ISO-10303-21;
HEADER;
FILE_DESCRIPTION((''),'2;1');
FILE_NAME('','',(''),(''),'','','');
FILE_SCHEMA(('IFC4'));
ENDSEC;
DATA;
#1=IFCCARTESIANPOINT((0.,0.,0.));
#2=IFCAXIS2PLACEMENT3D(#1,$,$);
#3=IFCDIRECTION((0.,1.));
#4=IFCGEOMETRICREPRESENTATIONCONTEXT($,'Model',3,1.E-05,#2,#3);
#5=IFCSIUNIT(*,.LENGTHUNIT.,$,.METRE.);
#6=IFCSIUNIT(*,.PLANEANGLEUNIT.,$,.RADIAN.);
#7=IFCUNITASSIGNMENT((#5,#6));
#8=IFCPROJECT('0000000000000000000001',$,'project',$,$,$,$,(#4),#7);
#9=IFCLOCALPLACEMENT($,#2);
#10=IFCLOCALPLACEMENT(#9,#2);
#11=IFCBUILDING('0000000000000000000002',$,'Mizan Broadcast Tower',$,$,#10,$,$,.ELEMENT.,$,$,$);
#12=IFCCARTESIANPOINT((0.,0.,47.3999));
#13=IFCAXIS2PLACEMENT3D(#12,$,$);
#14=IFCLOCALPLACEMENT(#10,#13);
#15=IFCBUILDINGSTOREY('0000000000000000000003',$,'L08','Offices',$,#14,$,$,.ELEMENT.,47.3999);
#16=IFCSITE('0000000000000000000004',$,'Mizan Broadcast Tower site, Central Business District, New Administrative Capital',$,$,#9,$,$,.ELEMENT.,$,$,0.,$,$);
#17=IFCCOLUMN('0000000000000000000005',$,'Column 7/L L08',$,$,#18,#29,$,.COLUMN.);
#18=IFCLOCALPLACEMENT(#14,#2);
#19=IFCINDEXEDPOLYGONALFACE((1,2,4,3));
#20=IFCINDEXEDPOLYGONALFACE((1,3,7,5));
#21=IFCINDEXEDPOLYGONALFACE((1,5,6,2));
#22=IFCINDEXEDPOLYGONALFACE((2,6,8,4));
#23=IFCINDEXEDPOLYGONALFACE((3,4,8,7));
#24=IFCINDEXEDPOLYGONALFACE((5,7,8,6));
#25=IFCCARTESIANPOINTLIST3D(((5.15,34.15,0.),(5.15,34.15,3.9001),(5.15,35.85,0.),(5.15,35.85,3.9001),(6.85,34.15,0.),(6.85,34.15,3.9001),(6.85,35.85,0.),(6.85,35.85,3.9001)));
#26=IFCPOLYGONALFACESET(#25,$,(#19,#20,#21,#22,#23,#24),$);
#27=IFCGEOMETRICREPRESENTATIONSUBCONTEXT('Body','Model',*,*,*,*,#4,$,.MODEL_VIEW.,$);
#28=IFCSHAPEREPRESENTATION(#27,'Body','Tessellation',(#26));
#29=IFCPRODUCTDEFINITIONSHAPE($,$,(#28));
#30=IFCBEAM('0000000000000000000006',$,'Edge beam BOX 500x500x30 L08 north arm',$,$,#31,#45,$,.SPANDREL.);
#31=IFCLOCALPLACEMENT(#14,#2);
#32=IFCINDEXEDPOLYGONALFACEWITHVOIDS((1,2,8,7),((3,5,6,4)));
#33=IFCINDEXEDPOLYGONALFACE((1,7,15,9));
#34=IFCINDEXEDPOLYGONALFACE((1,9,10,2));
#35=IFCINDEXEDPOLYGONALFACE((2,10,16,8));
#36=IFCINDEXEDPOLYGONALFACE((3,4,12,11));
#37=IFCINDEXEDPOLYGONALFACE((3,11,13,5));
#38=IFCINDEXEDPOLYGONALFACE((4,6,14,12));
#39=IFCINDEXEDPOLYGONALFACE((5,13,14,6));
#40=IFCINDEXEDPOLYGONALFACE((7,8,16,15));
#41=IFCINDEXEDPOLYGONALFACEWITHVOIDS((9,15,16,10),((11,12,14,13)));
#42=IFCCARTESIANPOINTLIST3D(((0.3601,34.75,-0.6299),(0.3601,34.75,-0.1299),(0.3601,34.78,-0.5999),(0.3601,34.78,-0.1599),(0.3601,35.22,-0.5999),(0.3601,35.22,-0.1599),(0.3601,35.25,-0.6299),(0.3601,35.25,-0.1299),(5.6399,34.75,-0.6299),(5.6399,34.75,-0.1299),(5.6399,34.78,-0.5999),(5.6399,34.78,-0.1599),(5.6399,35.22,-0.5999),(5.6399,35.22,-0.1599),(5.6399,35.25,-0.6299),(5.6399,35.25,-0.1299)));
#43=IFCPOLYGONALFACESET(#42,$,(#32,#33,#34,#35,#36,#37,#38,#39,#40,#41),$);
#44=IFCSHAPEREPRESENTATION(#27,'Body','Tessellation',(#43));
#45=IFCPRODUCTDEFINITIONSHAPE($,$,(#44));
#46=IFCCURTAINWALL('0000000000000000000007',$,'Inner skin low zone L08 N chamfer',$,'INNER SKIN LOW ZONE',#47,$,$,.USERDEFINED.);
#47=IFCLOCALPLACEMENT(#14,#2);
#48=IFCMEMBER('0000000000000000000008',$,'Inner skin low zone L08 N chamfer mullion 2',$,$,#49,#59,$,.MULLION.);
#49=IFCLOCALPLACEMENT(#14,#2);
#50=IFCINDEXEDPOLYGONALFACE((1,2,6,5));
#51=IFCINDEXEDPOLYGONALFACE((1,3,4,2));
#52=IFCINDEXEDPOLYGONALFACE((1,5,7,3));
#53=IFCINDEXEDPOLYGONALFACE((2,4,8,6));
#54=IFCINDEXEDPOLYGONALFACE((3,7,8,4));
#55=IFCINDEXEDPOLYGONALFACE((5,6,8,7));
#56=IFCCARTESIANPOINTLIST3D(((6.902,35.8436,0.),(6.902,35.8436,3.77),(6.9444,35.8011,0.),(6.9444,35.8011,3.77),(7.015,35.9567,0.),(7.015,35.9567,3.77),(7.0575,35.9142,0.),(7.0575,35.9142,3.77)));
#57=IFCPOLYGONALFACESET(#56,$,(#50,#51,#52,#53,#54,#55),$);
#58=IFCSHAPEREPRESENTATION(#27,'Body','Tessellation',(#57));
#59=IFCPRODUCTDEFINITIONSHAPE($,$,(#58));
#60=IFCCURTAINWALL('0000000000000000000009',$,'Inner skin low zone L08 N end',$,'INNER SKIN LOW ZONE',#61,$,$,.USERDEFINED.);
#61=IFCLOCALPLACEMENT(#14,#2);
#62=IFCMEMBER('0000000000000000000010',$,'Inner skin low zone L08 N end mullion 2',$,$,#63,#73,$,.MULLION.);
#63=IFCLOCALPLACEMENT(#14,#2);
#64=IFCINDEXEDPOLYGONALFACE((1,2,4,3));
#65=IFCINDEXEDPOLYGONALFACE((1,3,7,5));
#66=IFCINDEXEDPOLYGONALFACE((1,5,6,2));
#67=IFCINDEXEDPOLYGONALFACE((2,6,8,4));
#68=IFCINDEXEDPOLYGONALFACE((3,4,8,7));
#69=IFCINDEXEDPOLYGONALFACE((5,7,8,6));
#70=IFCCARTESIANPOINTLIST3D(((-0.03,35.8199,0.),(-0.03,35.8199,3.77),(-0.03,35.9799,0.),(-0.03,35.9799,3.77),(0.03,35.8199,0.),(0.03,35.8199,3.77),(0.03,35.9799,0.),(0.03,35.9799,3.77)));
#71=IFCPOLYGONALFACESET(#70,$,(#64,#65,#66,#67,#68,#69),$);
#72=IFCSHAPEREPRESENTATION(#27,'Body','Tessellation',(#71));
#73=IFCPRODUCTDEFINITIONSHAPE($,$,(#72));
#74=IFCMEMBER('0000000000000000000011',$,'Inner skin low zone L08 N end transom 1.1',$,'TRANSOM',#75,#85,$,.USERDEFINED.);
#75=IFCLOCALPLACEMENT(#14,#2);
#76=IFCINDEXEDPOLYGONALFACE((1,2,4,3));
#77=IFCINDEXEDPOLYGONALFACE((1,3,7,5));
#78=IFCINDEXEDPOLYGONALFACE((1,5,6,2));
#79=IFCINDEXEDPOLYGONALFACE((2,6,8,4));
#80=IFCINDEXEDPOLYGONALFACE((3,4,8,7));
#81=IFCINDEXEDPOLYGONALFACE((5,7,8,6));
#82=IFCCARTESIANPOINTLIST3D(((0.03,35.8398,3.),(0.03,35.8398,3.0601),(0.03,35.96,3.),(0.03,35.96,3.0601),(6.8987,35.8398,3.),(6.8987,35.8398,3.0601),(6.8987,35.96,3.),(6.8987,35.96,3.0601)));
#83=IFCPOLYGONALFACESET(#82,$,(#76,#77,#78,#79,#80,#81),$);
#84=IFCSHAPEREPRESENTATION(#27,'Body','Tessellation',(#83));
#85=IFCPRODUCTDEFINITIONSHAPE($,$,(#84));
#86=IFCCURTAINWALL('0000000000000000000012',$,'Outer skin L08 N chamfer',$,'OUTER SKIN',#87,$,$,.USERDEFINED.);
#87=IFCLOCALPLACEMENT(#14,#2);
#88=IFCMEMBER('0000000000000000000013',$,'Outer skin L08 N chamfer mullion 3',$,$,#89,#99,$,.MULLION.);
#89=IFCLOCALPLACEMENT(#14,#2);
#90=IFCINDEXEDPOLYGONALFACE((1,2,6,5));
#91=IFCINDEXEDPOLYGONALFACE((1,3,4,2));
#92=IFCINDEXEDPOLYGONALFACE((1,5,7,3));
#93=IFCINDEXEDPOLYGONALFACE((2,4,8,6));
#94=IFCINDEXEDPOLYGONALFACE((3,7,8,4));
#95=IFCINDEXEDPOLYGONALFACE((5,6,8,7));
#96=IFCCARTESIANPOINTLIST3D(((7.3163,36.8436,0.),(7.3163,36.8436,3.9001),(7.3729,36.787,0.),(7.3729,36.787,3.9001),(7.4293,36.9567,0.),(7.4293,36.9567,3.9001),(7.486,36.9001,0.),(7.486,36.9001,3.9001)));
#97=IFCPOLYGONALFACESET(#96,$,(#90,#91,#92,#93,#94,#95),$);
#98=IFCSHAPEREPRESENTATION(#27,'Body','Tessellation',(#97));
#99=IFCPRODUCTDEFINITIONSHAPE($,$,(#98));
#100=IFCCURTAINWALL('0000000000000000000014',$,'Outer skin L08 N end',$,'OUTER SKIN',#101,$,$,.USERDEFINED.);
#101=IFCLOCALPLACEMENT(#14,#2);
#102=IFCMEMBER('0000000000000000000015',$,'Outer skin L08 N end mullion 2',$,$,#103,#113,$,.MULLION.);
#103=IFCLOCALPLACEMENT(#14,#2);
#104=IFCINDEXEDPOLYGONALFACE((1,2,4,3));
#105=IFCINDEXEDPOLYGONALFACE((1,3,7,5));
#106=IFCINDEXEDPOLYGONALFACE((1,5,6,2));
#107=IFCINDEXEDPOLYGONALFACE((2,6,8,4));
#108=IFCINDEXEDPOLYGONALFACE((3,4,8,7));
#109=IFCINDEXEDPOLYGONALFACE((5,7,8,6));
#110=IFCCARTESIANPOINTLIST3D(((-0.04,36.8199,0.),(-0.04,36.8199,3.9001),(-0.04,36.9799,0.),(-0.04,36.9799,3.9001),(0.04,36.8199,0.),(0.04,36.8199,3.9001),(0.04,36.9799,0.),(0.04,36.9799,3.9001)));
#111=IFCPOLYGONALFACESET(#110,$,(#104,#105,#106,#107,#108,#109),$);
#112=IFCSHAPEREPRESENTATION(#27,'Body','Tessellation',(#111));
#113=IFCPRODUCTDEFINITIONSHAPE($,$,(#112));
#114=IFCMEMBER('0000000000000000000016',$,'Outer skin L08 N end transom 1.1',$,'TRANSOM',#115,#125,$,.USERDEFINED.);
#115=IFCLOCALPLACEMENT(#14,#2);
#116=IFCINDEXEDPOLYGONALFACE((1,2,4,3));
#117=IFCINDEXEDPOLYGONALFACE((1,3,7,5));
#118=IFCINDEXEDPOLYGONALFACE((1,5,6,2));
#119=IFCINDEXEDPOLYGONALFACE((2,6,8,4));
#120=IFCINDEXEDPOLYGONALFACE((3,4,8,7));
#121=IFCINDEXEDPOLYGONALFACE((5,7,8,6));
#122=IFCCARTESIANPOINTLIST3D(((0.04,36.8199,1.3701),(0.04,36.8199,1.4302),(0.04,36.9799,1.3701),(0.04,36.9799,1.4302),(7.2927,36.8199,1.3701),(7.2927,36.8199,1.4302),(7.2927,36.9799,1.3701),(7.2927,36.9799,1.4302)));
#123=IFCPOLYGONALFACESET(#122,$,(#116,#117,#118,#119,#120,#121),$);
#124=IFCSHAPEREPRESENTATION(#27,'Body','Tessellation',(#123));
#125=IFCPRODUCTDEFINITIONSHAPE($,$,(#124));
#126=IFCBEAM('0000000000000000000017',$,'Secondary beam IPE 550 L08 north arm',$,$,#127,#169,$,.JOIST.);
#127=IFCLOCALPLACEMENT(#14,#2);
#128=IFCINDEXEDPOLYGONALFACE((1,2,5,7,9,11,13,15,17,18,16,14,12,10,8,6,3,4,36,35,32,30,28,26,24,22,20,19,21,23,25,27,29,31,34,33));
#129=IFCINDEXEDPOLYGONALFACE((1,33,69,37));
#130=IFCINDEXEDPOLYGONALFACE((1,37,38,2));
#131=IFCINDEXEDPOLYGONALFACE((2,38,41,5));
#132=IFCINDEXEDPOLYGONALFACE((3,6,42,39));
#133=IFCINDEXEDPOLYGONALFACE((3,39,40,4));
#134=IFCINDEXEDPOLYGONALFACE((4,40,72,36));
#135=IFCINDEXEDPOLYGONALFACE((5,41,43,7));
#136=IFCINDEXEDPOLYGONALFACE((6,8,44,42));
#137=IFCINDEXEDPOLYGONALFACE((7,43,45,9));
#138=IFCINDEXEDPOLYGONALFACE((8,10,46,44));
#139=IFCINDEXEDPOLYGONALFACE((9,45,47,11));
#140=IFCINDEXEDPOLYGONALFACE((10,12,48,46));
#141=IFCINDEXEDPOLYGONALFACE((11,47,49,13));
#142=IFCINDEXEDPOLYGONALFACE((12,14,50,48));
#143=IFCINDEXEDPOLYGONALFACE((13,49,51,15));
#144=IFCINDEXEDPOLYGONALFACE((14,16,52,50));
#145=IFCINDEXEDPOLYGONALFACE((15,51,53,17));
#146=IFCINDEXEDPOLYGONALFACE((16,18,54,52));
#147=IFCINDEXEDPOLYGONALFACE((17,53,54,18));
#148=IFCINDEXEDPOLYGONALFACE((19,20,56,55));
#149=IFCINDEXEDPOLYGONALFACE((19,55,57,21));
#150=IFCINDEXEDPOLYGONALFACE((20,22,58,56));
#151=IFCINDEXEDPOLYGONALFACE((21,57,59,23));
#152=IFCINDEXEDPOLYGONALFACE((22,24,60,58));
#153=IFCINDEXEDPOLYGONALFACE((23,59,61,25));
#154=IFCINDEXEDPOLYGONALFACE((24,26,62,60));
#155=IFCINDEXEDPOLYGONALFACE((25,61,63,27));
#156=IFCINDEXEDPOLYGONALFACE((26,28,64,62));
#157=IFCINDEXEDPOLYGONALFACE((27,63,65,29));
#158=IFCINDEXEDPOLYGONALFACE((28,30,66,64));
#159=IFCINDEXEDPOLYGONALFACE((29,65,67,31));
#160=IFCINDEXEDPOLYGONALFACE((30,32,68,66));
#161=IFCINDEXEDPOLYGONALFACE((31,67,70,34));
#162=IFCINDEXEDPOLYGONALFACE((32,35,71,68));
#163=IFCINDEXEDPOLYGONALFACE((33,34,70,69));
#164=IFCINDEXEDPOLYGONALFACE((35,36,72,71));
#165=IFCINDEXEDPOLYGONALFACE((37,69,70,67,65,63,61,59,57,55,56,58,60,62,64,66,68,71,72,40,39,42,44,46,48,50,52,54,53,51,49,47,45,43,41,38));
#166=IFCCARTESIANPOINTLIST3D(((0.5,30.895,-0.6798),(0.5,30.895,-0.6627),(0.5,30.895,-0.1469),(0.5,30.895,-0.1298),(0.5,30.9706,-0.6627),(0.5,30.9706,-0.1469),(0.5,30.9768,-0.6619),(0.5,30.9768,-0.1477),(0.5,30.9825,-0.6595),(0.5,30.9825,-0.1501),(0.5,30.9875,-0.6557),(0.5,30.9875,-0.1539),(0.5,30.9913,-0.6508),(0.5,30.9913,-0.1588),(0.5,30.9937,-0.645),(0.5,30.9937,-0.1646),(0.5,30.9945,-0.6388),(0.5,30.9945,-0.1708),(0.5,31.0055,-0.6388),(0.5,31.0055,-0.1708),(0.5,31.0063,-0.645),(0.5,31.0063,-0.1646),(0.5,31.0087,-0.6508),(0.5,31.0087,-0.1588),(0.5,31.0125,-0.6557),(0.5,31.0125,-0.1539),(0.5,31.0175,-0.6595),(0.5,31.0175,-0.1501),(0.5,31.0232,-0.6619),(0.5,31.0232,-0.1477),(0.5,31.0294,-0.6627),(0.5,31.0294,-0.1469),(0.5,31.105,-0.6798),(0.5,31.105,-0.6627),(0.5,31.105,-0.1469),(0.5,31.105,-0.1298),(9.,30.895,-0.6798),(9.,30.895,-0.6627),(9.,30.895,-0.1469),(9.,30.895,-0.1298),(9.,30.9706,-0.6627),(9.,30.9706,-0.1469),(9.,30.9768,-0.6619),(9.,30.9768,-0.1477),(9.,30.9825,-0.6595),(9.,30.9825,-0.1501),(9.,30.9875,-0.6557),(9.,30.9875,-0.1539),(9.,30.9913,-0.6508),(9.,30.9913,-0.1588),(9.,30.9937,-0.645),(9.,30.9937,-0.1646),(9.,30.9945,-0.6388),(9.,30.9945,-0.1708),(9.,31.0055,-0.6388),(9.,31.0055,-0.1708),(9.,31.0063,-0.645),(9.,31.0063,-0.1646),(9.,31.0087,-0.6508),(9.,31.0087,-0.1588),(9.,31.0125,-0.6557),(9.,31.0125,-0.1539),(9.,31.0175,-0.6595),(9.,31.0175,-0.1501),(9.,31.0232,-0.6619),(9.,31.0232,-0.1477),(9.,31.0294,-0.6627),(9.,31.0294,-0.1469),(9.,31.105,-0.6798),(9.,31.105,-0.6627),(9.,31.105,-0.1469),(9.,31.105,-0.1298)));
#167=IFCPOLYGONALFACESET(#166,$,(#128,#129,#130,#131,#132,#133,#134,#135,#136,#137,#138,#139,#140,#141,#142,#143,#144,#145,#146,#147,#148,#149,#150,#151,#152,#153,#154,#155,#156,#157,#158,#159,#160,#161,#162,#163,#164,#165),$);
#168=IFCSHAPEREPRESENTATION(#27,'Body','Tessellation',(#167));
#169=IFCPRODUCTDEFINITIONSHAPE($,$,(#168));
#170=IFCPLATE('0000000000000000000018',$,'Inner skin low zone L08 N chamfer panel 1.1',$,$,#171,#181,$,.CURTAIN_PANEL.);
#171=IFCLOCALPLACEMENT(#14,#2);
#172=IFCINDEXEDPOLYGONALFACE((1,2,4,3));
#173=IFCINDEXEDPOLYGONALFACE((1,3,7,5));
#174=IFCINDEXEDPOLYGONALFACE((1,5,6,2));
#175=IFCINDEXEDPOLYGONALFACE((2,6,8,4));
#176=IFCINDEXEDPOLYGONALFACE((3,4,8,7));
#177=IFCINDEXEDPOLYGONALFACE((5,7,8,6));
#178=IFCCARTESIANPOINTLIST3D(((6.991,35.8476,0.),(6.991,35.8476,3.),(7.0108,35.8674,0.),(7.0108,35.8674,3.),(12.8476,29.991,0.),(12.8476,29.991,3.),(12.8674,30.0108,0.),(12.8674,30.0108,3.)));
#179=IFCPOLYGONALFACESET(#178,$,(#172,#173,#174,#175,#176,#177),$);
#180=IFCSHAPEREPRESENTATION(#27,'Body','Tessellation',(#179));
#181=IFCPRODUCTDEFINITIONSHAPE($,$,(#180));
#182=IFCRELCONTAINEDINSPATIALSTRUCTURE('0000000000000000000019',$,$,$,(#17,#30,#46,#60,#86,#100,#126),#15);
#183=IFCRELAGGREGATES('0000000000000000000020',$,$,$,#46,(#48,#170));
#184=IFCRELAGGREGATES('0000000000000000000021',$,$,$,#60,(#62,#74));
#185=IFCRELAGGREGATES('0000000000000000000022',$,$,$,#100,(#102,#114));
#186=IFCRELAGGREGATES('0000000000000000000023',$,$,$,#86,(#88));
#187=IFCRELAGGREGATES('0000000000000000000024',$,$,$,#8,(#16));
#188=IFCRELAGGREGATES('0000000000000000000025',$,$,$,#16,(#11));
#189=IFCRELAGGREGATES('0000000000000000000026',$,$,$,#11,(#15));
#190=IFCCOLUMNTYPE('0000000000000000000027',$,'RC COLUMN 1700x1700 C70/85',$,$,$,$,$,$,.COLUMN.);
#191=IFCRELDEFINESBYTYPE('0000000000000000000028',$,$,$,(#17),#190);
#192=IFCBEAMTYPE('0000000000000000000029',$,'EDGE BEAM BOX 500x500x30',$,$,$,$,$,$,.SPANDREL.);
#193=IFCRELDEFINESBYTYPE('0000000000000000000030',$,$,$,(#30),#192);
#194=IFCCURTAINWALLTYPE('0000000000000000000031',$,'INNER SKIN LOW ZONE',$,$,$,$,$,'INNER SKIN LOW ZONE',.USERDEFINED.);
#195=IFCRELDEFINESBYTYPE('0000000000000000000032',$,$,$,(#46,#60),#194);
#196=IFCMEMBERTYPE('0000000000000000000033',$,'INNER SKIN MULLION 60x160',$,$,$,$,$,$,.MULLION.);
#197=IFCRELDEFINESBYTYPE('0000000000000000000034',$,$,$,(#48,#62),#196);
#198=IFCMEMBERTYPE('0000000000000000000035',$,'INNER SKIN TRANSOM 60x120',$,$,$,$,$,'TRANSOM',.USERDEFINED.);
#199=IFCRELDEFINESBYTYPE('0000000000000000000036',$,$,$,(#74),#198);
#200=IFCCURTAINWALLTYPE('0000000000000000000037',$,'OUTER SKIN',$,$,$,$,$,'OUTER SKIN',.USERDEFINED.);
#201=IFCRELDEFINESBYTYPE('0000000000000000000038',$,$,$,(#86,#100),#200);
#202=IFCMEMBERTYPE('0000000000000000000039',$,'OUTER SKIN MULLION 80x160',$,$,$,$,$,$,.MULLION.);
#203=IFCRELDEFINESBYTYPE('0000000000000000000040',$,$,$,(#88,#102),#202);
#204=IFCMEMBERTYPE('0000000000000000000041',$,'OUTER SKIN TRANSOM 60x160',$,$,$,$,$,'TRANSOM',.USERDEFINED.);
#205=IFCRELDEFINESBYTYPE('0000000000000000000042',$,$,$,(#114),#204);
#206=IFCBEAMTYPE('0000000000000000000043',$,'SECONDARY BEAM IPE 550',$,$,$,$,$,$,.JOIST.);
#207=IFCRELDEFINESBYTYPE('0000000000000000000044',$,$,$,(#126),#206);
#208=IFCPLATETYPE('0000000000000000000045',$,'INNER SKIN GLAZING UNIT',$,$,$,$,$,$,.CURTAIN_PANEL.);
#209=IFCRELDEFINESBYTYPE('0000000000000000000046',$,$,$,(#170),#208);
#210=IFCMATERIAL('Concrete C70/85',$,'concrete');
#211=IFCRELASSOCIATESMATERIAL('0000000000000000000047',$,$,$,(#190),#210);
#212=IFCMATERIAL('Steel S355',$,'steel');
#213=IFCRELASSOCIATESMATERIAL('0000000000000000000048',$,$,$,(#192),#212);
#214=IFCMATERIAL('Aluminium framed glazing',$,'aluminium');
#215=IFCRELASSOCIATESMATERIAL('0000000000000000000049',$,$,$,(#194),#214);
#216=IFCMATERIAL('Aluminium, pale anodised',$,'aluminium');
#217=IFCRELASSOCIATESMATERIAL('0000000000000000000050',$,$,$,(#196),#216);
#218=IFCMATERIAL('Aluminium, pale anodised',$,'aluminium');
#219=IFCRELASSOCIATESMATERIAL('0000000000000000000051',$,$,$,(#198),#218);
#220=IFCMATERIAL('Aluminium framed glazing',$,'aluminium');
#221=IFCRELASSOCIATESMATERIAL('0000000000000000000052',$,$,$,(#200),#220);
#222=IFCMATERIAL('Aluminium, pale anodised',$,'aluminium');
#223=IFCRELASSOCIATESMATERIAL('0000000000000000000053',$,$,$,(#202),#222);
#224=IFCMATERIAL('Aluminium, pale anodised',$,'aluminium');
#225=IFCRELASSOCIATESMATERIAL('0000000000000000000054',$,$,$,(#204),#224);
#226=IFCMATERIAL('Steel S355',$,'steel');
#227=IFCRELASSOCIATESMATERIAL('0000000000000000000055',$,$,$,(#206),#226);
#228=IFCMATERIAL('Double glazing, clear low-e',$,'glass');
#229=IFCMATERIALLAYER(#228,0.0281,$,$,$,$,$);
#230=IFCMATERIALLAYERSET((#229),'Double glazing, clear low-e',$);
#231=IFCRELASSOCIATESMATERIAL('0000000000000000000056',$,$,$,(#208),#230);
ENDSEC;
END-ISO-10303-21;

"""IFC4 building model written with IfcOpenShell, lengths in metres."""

from ifc_helpers import new_model, si_unit, direction, frame, origin, origin_2d, place, context, subcontext, project, spatial, rectangle, hollow_rectangle, i_section, extrude, material, layer, layer_set, material_profile, profile_set, type_object, element, aggregate, save


model = new_model("IFC4")

# Units and contexts
model_context = context("Model", 3, precision=1e-05, world=origin(), true_north=direction((0.0, 1.0)))
body_context = subcontext(model_context, "Body", "Model", "MODEL_VIEW")
ifc_project = project(units=[si_unit("LENGTHUNIT", "METRE"), si_unit("PLANEANGLEUNIT", "RADIAN")], contexts=[model_context])

# Site, building, storey
site_placement = place(None, origin())
site = spatial("IfcSite", under=ifc_project, at=site_placement, Name="Mizan Broadcast Tower site, Central Business District, New Administrative Capital", CompositionType="ELEMENT", RefElevation=0.0)
building_placement = place(site_placement, origin())
building = spatial("IfcBuilding", under=site, at=building_placement, Name="Mizan Broadcast Tower", CompositionType="ELEMENT")
storey_placement = place(building_placement, frame((0.0, 0.0, 47.3999)))
storey = spatial("IfcBuildingStorey", under=building, at=storey_placement, Name="L08", Description="Offices", CompositionType="ELEMENT", Elevation=47.3999)

# Column
ifc_material_1 = material(Name="Concrete C70/85", Category="concrete")
ifc_material_profile_1 = material_profile(ifc_material_1, rectangle(XDim=1.7, YDim=1.7, at=origin_2d()), Name="RC 1700x1700")
ifc_profile_set_1 = profile_set([ifc_material_profile_1], Name="Concrete C70/85")
column_type = type_object("IfcColumnType", Name="RC COLUMN 1700x1700 C70/85", PredefinedType="COLUMN", material=ifc_profile_set_1)
column_placement = place(storey_placement, frame((6.0, 35.0, 0.0), z_axis=(0.0, 0.0, 1.0), x_axis=(1.0, 0.0, 0.0)))
element("IfcColumn", 1, at=column_placement, inside=storey, type_object=column_type, Name="Column 7/L L08", PredefinedType="COLUMN", context=body_context, shape_type="SweptSolid", body=[
    extrude(rectangle(XDim=1.7, YDim=1.7, at=origin_2d()), origin(), (0.0, 0.0, 1.0), 3.9001),
])

# Beam
ifc_material_2 = material(Name="Steel S355", Category="steel")
ifc_material_profile_2 = material_profile(ifc_material_2, hollow_rectangle(XDim=0.5, YDim=0.5, WallThickness=0.03, at=origin_2d()), Name="BOX 500x500x30")
ifc_profile_set_2 = profile_set([ifc_material_profile_2], Name="Steel S355")
beam_type_1 = type_object("IfcBeamType", Name="EDGE BEAM BOX 500x500x30", PredefinedType="SPANDREL", material=ifc_profile_set_2)
beam_1_placement = place(storey_placement, frame((5.6399, 35.0, -0.3799), z_axis=(-1.0, 0.0, 0.0), x_axis=(0.0, -1.0, 0.0)))
element("IfcBeam", 2, at=beam_1_placement, inside=storey, type_object=beam_type_1, Name="Edge beam BOX 500x500x30 L08 north arm", PredefinedType="SPANDREL", context=body_context, shape_type="SweptSolid", body=[
    extrude(hollow_rectangle(XDim=0.5, YDim=0.5, WallThickness=0.03, at=origin_2d()), origin(), (0.0, 0.0, 1.0), 5.2798),
])

# Curtain wall, member
ifc_material_3 = material(Name="Aluminium framed glazing", Category="aluminium")
curtain_wall_type_1 = type_object("IfcCurtainWallType", Name="INNER SKIN LOW ZONE", ElementType="INNER SKIN LOW ZONE", PredefinedType="USERDEFINED", material=ifc_material_3)
curtain_wall_1_placement = place(storey_placement, origin())
curtain_wall_1 = element("IfcCurtainWall", 3, at=curtain_wall_1_placement, inside=storey, type_object=curtain_wall_type_1, Name="Inner skin low zone L08 N chamfer", ObjectType="INNER SKIN LOW ZONE", PredefinedType="USERDEFINED")
ifc_material_4 = material(Name="Aluminium, pale anodised", Category="aluminium")
ifc_material_profile_3 = material_profile(ifc_material_4, rectangle(XDim=0.1599, YDim=0.0601, at=origin_2d()), Name="MULLION 160x60")
ifc_profile_set_3 = profile_set([ifc_material_profile_3], Name="Aluminium, pale anodised")
member_type_1 = type_object("IfcMemberType", Name="INNER SKIN MULLION 60x160", PredefinedType="MULLION", material=ifc_profile_set_3)
member_1_placement = place(storey_placement, frame((6.9797, 35.8789, 0.0), z_axis=(0.0, 0.0, 1.0), x_axis=(-0.707107, -0.707107, 0.0)))
member_1 = element("IfcMember", 4, at=member_1_placement, type_object=member_type_1, Name="Inner skin low zone L08 N chamfer mullion 2", PredefinedType="MULLION", context=body_context, shape_type="SweptSolid", body=[
    extrude(rectangle(XDim=0.1599, YDim=0.0601, at=origin_2d()), origin(), (0.0, 0.0, 1.0), 3.77),
])

# Curtain wall, members
curtain_wall_2_placement = place(storey_placement, origin())
curtain_wall_2 = element("IfcCurtainWall", 5, at=curtain_wall_2_placement, inside=storey, type_object=curtain_wall_type_1, Name="Inner skin low zone L08 N end", ObjectType="INNER SKIN LOW ZONE", PredefinedType="USERDEFINED")
member_2_placement = place(storey_placement, frame((0.0, 35.8999, 0.0), z_axis=(0.0, 0.0, 1.0), x_axis=(0.0, -1.0, 0.0)))
member_2 = element("IfcMember", 6, at=member_2_placement, type_object=member_type_1, Name="Inner skin low zone L08 N end mullion 2", PredefinedType="MULLION", context=body_context, shape_type="SweptSolid", body=[
    extrude(rectangle(XDim=0.1599, YDim=0.0601, at=origin_2d()), origin(), (0.0, 0.0, 1.0), 3.77),
])
ifc_material_5 = material(Name="Aluminium, pale anodised", Category="aluminium")
ifc_material_profile_4 = material_profile(ifc_material_5, rectangle(XDim=0.1201, YDim=0.0601, at=origin_2d()), Name="TRANSOM 120x60")
ifc_profile_set_4 = profile_set([ifc_material_profile_4], Name="Aluminium, pale anodised")
member_type_2 = type_object("IfcMemberType", Name="INNER SKIN TRANSOM 60x120", ElementType="TRANSOM", PredefinedType="USERDEFINED", material=ifc_profile_set_4)
member_3_placement = place(storey_placement, frame((6.8987, 35.8999, 3.03), z_axis=(-1.0, 0.0, 0.0), x_axis=(0.0, -1.0, 0.0)))
member_3 = element("IfcMember", 7, at=member_3_placement, type_object=member_type_2, Name="Inner skin low zone L08 N end transom 1.1", ObjectType="TRANSOM", PredefinedType="USERDEFINED", context=body_context, shape_type="SweptSolid", body=[
    extrude(rectangle(XDim=0.1201, YDim=0.0601, at=origin_2d()), origin(), (0.0, 0.0, 1.0), 6.8687),
])

# Curtain wall, member
ifc_material_6 = material(Name="Aluminium framed glazing", Category="aluminium")
curtain_wall_type_2 = type_object("IfcCurtainWallType", Name="OUTER SKIN", ElementType="OUTER SKIN", PredefinedType="USERDEFINED", material=ifc_material_6)
curtain_wall_3_placement = place(storey_placement, origin())
curtain_wall_3 = element("IfcCurtainWall", 8, at=curtain_wall_3_placement, inside=storey, type_object=curtain_wall_type_2, Name="Outer skin L08 N chamfer", ObjectType="OUTER SKIN", PredefinedType="USERDEFINED")
ifc_material_7 = material(Name="Aluminium, pale anodised", Category="aluminium")
ifc_material_profile_5 = material_profile(ifc_material_7, rectangle(XDim=0.1599, YDim=0.0801, at=origin_2d()), Name="MULLION 160x80")
ifc_profile_set_5 = profile_set([ifc_material_profile_5], Name="Aluminium, pale anodised")
member_type_3 = type_object("IfcMemberType", Name="OUTER SKIN MULLION 80x160", PredefinedType="MULLION", material=ifc_profile_set_5)
member_4_placement = place(storey_placement, frame((7.4011, 36.8718, 0.0), z_axis=(0.0, 0.0, 1.0), x_axis=(-0.707107, -0.707107, 0.0)))
member_4 = element("IfcMember", 9, at=member_4_placement, type_object=member_type_3, Name="Outer skin L08 N chamfer mullion 3", PredefinedType="MULLION", context=body_context, shape_type="SweptSolid", body=[
    extrude(rectangle(XDim=0.1599, YDim=0.0801, at=origin_2d()), origin(), (0.0, 0.0, 1.0), 3.9001),
])

# Curtain wall, members
curtain_wall_4_placement = place(storey_placement, origin())
curtain_wall_4 = element("IfcCurtainWall", 10, at=curtain_wall_4_placement, inside=storey, type_object=curtain_wall_type_2, Name="Outer skin L08 N end", ObjectType="OUTER SKIN", PredefinedType="USERDEFINED")
member_5_placement = place(storey_placement, frame((0.0, 36.8999, 0.0), z_axis=(0.0, 0.0, 1.0), x_axis=(0.0, -1.0, 0.0)))
member_5 = element("IfcMember", 11, at=member_5_placement, type_object=member_type_3, Name="Outer skin L08 N end mullion 2", PredefinedType="MULLION", context=body_context, shape_type="SweptSolid", body=[
    extrude(rectangle(XDim=0.1599, YDim=0.0801, at=origin_2d()), origin(), (0.0, 0.0, 1.0), 3.9001),
])
ifc_material_8 = material(Name="Aluminium, pale anodised", Category="aluminium")
ifc_material_profile_6 = material_profile(ifc_material_8, rectangle(XDim=0.1599, YDim=0.0601, at=origin_2d()), Name="TRANSOM 160x60")
ifc_profile_set_6 = profile_set([ifc_material_profile_6], Name="Aluminium, pale anodised")
member_type_4 = type_object("IfcMemberType", Name="OUTER SKIN TRANSOM 60x160", ElementType="TRANSOM", PredefinedType="USERDEFINED", material=ifc_profile_set_6)
member_6_placement = place(storey_placement, frame((7.2927, 36.8999, 1.4001), z_axis=(-1.0, 0.0, 0.0), x_axis=(0.0, -1.0, 0.0)))
member_6 = element("IfcMember", 12, at=member_6_placement, type_object=member_type_4, Name="Outer skin L08 N end transom 1.1", ObjectType="TRANSOM", PredefinedType="USERDEFINED", context=body_context, shape_type="SweptSolid", body=[
    extrude(rectangle(XDim=0.1599, YDim=0.0601, at=origin_2d()), origin(), (0.0, 0.0, 1.0), 7.2527),
])

# Beam
ifc_material_9 = material(Name="Steel S355", Category="steel")
ifc_material_profile_7 = material_profile(ifc_material_9, i_section(OverallWidth=0.21, OverallDepth=0.55, WebThickness=0.011, FlangeThickness=0.0171, FilletRadius=0.0239, at=origin_2d()), Name="IPE 550")
ifc_profile_set_7 = profile_set([ifc_material_profile_7], Name="Steel S355")
beam_type_2 = type_object("IfcBeamType", Name="SECONDARY BEAM IPE 550", PredefinedType="JOIST", material=ifc_profile_set_7)
beam_2_placement = place(storey_placement, frame((9.0, 31.0, -0.4048), z_axis=(-1.0, 0.0, 0.0), x_axis=(0.0, -1.0, 0.0)))
element("IfcBeam", 13, at=beam_2_placement, inside=storey, type_object=beam_type_2, Name="Secondary beam IPE 550 L08 north arm", PredefinedType="JOIST", context=body_context, shape_type="SweptSolid", body=[
    extrude(i_section(OverallWidth=0.21, OverallDepth=0.55, WebThickness=0.011, FlangeThickness=0.0171, FilletRadius=0.0239, at=origin_2d()), origin(), (0.0, 0.0, 1.0), 8.5),
])

# Plate
ifc_material_10 = material(Name="Double glazing, clear low-e", Category="glass")
ifc_layer_1 = layer(ifc_material_10, 0.0281)
ifc_layer_set_1 = layer_set([ifc_layer_1], Name="Double glazing, clear low-e")
plate_type_1 = type_object("IfcPlateType", Name="INNER SKIN GLAZING UNIT", PredefinedType="CURTAIN_PANEL", material=ifc_layer_set_1)
plate_1_placement = place(storey_placement, frame((9.9292, 32.9292, 0.0), z_axis=(0.0, 0.0, 1.0), x_axis=(-0.707107, 0.707107, 0.0)))
plate_1 = element("IfcPlate", 14, at=plate_1_placement, type_object=plate_type_1, Name="Inner skin low zone L08 N chamfer panel 1.1", PredefinedType="CURTAIN_PANEL", context=body_context, shape_type="SweptSolid", body=[
    extrude(rectangle(XDim=8.2825, YDim=0.0281, at=origin_2d()), origin(), (0.0, 0.0, 1.0), 3.0),
])
aggregate(curtain_wall_1, [member_1, plate_1])
aggregate(curtain_wall_2, [member_2, member_3])
aggregate(curtain_wall_4, [member_5, member_6])
aggregate(curtain_wall_3, [member_4])

save(model, "model.ifc")
